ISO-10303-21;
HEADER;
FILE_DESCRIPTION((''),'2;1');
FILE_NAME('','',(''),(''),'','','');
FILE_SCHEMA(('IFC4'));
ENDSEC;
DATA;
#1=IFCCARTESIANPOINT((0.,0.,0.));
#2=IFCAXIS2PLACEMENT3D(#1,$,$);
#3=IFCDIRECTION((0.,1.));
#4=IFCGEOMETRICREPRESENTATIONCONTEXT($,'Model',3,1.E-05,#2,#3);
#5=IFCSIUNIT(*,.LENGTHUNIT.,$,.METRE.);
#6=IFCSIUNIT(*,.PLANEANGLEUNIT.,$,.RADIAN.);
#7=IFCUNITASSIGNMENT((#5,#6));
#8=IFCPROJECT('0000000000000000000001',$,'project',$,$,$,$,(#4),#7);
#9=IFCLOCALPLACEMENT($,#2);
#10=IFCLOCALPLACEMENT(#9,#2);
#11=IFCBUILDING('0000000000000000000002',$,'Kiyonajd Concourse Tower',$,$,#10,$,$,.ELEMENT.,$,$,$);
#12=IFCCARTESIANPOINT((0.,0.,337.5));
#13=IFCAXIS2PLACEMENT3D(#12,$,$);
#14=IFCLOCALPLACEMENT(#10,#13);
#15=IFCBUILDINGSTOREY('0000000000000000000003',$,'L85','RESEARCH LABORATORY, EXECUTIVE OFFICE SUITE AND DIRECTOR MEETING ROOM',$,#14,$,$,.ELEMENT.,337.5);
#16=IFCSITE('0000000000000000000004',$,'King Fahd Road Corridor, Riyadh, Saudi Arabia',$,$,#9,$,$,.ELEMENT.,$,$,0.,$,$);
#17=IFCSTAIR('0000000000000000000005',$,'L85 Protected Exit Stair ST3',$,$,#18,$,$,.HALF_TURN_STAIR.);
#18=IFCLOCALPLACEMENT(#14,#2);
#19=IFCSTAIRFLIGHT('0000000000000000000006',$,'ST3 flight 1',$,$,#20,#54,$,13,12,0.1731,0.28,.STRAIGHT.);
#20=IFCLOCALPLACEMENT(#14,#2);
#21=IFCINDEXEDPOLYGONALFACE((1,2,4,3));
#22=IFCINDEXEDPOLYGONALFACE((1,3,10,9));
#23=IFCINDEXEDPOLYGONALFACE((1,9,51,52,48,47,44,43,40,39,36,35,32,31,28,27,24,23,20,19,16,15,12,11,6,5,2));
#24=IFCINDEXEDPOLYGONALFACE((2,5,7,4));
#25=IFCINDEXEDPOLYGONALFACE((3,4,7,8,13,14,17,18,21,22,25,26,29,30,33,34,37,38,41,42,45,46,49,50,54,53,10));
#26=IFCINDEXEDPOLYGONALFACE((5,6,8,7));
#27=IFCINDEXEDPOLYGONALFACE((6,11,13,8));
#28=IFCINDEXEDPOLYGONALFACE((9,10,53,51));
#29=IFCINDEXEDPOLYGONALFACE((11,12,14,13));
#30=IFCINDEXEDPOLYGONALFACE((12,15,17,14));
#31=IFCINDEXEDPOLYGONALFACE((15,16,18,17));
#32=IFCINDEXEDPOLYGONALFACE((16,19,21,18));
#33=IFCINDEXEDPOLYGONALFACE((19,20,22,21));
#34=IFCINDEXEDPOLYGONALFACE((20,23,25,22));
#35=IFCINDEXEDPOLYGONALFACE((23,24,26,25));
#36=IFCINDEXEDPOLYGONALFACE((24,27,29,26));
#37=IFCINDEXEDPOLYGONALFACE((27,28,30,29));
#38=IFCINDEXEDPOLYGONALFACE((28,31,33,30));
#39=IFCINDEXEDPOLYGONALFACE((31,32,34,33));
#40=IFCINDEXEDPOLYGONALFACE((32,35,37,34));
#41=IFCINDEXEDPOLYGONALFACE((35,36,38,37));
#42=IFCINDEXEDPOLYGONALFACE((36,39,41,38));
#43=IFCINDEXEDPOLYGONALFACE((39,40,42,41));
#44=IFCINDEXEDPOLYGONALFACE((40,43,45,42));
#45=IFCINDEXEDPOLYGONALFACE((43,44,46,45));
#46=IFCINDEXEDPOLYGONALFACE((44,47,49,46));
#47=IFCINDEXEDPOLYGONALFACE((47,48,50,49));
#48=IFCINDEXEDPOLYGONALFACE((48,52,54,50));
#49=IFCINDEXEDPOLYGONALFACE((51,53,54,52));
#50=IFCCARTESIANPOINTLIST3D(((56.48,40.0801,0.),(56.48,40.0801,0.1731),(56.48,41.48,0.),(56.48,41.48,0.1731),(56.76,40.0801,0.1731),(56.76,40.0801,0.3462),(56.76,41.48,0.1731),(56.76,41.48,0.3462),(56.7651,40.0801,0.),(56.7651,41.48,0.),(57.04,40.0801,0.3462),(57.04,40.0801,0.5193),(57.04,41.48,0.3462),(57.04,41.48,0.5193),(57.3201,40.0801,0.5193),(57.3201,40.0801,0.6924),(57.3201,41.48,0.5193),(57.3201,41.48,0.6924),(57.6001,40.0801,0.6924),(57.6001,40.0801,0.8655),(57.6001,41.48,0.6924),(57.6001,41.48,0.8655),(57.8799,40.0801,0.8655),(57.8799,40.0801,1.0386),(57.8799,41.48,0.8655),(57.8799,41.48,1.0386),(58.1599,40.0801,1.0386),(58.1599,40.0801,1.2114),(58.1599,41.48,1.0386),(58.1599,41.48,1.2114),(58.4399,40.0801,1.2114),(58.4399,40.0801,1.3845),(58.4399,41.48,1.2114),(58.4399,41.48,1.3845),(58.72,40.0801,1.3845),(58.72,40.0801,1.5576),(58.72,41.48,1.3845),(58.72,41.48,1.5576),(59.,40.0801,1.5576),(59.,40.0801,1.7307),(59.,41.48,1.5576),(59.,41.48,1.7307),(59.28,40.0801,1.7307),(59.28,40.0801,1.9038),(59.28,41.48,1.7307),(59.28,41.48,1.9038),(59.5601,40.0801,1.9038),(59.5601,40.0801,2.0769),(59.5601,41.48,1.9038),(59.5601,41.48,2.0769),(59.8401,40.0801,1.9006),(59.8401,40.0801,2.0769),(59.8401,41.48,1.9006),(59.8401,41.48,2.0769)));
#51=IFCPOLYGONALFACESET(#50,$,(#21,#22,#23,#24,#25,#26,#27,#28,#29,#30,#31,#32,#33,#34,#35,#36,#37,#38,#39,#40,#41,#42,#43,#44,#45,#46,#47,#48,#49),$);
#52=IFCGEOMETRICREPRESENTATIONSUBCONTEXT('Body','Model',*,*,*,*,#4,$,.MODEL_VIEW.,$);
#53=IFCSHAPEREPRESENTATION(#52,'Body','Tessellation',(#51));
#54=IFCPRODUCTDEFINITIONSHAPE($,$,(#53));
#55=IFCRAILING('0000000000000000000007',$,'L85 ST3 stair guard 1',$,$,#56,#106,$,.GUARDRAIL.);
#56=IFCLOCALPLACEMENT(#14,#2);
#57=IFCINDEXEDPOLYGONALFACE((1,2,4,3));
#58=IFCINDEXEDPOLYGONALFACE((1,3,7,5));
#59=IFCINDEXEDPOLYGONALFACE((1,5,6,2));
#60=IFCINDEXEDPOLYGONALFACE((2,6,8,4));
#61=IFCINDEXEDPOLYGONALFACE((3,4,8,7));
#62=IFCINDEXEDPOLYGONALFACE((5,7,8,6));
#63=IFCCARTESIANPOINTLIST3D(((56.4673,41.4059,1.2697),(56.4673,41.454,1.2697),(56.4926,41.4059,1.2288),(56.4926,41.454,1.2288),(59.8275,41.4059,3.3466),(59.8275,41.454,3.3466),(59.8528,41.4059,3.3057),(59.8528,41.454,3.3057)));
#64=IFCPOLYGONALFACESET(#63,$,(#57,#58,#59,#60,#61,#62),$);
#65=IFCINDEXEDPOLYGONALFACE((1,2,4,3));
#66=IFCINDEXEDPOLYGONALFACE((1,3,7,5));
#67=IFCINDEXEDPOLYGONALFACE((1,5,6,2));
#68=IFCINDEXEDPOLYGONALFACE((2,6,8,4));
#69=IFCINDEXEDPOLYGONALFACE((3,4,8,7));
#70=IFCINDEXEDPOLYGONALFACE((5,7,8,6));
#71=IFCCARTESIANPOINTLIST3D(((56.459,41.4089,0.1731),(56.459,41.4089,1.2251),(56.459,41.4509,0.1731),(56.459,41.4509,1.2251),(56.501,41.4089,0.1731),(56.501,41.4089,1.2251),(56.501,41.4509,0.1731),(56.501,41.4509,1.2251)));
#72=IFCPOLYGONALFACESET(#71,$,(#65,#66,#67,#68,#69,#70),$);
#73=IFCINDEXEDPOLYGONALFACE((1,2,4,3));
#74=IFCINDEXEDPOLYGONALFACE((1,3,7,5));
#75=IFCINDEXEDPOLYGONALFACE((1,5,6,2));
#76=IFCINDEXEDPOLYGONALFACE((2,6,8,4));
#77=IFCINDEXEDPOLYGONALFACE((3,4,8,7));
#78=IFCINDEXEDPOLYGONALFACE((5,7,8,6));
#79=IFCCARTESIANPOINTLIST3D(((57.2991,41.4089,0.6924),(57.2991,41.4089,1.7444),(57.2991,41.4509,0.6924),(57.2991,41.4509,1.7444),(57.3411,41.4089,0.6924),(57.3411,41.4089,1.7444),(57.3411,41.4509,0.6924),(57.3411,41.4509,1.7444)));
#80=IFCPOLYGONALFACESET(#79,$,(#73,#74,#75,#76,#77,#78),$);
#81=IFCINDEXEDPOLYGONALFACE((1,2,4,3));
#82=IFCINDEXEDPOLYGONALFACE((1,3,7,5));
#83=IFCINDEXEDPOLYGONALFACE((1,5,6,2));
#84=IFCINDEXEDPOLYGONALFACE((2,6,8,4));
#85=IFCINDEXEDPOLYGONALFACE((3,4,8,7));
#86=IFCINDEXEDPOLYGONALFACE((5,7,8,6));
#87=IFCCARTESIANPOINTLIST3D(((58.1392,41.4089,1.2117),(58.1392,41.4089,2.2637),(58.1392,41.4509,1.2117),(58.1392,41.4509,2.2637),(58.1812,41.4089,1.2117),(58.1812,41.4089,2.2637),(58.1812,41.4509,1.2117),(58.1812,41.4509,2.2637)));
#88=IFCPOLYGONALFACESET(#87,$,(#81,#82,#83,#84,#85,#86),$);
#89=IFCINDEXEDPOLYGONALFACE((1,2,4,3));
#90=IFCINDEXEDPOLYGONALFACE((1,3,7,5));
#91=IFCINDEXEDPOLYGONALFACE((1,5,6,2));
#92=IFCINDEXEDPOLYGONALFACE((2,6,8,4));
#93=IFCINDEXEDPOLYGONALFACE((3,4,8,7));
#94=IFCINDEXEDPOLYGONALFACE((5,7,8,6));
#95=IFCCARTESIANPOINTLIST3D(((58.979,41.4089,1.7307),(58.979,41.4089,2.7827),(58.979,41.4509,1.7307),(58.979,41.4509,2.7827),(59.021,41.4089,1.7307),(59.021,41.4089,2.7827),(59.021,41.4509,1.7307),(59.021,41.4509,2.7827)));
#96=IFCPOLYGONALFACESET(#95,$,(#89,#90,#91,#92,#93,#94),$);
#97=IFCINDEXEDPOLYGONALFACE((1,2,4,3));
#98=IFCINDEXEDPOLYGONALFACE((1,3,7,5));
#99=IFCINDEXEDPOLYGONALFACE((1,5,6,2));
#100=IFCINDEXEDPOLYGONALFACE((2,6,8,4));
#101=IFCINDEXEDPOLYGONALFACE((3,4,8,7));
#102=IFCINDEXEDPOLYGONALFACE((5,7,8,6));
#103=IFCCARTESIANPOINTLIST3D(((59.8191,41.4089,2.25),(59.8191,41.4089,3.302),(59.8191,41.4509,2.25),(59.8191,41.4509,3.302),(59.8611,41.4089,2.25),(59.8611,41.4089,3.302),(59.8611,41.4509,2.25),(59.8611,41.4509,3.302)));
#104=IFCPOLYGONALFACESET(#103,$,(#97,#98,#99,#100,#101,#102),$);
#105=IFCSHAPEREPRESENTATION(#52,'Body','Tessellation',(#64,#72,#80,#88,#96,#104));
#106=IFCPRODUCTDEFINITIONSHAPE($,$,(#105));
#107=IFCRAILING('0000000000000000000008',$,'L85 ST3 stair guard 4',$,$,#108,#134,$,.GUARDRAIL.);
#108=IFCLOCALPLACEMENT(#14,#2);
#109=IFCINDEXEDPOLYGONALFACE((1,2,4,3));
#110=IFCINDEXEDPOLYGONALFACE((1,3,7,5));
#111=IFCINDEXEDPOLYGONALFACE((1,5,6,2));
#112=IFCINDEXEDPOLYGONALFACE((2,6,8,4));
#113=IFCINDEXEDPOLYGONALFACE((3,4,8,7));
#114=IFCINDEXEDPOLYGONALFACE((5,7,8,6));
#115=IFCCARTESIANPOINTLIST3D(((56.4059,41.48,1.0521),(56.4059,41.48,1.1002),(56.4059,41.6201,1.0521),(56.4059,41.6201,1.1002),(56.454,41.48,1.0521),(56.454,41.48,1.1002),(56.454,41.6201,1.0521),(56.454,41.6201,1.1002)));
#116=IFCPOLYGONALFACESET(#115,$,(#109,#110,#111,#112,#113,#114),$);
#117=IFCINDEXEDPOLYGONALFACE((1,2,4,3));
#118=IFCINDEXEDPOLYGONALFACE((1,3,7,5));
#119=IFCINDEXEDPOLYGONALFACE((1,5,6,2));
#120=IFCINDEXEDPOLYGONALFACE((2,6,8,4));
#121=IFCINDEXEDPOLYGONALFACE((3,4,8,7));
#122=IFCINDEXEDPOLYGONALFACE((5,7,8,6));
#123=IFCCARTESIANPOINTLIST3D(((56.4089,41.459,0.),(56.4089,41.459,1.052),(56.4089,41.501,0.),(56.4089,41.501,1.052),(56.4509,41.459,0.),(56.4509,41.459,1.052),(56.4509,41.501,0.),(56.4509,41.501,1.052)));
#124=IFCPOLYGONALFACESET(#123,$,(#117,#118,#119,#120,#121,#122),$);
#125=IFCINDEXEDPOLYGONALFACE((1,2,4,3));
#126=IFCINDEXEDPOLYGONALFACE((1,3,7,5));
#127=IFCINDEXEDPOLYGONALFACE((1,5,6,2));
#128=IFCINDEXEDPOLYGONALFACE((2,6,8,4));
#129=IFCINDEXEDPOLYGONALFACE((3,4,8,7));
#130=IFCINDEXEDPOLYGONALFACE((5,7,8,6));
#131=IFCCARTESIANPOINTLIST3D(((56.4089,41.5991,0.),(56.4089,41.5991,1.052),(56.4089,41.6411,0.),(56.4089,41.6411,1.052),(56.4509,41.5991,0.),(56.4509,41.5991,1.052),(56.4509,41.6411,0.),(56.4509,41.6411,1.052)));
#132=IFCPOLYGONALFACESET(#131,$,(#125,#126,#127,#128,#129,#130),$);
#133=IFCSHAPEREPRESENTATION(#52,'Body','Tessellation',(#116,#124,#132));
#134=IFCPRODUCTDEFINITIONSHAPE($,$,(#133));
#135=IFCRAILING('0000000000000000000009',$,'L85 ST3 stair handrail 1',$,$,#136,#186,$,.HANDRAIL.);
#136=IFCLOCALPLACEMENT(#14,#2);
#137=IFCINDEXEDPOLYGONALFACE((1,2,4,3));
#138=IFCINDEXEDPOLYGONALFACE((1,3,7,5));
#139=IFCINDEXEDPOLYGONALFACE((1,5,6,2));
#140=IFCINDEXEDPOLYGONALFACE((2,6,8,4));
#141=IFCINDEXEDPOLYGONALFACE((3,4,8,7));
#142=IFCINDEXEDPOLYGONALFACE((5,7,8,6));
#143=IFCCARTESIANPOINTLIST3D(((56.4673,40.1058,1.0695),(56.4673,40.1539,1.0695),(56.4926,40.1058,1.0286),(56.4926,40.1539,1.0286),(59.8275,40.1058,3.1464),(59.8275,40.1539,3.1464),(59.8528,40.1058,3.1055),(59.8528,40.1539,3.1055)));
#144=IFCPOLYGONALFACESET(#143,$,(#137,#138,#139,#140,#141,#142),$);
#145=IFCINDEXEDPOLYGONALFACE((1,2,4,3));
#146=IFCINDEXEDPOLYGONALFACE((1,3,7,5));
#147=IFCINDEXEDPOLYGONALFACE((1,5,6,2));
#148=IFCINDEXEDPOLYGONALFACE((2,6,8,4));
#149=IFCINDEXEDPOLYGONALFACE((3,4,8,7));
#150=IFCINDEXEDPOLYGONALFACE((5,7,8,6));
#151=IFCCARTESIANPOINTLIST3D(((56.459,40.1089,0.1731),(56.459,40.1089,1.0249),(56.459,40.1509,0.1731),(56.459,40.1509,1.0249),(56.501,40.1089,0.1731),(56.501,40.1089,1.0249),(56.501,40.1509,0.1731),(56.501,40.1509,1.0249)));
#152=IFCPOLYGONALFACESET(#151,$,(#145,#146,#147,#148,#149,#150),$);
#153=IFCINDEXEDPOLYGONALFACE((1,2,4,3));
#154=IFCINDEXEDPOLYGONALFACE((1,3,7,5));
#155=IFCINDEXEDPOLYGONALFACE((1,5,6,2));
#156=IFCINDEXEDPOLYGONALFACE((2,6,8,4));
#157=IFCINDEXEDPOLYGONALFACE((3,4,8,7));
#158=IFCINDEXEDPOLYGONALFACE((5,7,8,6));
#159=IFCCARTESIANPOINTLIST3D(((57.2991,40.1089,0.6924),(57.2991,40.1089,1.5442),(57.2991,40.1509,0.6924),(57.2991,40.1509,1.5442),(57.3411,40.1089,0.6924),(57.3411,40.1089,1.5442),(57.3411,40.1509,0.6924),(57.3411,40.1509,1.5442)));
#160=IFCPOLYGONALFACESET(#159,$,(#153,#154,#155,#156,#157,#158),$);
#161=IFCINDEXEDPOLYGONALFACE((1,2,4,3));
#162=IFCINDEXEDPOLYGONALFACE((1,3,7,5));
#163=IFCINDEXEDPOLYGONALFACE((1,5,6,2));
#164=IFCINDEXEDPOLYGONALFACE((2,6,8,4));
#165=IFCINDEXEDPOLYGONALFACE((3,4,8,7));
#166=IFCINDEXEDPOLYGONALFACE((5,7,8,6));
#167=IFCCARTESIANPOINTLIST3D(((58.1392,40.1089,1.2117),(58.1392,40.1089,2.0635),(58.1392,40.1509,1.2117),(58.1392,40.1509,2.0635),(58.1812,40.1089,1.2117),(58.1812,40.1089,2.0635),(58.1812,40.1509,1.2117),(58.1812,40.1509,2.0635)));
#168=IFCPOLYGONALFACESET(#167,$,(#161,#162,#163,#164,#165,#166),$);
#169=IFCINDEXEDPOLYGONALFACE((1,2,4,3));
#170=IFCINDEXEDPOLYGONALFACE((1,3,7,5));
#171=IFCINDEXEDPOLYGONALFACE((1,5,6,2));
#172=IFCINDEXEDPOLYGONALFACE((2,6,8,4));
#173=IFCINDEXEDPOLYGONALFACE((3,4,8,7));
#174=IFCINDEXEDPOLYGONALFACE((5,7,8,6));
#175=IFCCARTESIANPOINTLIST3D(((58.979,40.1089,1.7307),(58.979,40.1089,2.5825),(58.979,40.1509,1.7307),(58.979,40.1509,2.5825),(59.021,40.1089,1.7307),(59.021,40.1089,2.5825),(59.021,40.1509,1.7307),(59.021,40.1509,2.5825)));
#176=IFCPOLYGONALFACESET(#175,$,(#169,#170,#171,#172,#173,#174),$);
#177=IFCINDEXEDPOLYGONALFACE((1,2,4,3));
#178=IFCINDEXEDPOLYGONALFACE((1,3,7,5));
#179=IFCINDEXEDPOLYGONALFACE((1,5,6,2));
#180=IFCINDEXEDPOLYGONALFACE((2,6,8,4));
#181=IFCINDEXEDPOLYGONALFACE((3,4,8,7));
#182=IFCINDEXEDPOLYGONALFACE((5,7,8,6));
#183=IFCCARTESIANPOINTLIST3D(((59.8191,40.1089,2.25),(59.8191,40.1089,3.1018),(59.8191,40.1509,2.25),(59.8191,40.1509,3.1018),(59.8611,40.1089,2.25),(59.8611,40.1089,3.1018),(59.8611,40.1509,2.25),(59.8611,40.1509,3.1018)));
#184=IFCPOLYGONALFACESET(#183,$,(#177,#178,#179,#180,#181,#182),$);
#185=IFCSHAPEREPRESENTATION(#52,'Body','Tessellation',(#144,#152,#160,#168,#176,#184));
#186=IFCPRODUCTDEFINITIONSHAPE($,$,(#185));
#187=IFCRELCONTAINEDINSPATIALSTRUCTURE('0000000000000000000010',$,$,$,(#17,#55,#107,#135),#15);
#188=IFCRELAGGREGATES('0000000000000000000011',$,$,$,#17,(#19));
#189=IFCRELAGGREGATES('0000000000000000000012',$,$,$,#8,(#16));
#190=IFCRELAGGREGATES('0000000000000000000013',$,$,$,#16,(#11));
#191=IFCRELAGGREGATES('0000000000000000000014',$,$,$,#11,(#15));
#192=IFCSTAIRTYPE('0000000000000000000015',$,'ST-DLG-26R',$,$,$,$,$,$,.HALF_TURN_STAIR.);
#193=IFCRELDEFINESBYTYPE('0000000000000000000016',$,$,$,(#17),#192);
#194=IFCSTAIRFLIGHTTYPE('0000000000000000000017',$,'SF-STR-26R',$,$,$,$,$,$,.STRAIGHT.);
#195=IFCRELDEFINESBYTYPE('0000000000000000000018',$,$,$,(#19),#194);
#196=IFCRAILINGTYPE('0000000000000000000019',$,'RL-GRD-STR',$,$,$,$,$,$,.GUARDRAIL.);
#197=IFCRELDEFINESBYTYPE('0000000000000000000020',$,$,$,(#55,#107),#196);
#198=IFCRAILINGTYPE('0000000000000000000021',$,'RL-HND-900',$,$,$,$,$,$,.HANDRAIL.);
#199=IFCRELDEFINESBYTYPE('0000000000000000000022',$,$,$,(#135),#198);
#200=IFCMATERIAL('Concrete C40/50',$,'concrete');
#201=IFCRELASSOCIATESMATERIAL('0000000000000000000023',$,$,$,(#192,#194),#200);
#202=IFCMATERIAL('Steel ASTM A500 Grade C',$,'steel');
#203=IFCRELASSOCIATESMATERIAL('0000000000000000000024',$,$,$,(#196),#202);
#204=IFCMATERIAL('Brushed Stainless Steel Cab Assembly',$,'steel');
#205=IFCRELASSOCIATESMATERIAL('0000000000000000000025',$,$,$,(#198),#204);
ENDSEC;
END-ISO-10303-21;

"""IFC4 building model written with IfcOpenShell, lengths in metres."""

from ifc_helpers import new_model, si_unit, direction, frame, origin, origin_2d, place, context, subcontext, project, spatial, polyline, rectangle, outline, extrude, material, type_object, element, aggregate, save


model = new_model("IFC4")

# Units and contexts
model_context = context("Model", 3, precision=1e-05, world=origin(), true_north=direction((0.0, 1.0)))
body_context = subcontext(model_context, "Body", "Model", "MODEL_VIEW")
ifc_project = project(units=[si_unit("LENGTHUNIT", "METRE"), si_unit("PLANEANGLEUNIT", "RADIAN")], contexts=[model_context])

# Site, building, storey
site_placement = place(None, origin())
site = spatial("IfcSite", under=ifc_project, at=site_placement, Name="King Fahd Road Corridor, Riyadh, Saudi Arabia", CompositionType="ELEMENT", RefElevation=0.0)
building_placement = place(site_placement, origin())
building = spatial("IfcBuilding", under=site, at=building_placement, Name="Kiyonajd Concourse Tower", CompositionType="ELEMENT")
storey_placement = place(building_placement, frame((0.0, 0.0, 337.5)))
storey = spatial("IfcBuildingStorey", under=building, at=storey_placement, Name="L85", Description="RESEARCH LABORATORY, EXECUTIVE OFFICE SUITE AND DIRECTOR MEETING ROOM", CompositionType="ELEMENT", Elevation=337.5)

# Shared definitions
ifc_material_1 = material(Name="Brushed Stainless Steel Cab Assembly", Category="steel")

# Stair, stair flight
ifc_material_2 = material(Name="Concrete C40/50", Category="concrete")
stair_type = type_object("IfcStairType", Name="ST-DLG-26R", PredefinedType="HALF_TURN_STAIR", material=ifc_material_2)
stair_placement = place(storey_placement, origin())
stair = element("IfcStair", 1, at=stair_placement, inside=storey, type_object=stair_type, Name="L85 Protected Exit Stair ST3", PredefinedType="HALF_TURN_STAIR")
stair_flight_type = type_object("IfcStairFlightType", Name="SF-STR-26R", PredefinedType="STRAIGHT", material=ifc_material_2)
stair_flight_placement = place(storey_placement, frame((56.48, 40.78, 0.0), z_axis=(0.0, 0.0, 1.0), x_axis=(1.0, 0.0, 0.0)))
stair_flight = element("IfcStairFlight", 2, at=stair_flight_placement, type_object=stair_flight_type, Name="ST3 flight 1", NumberOfRisers=13, NumberOfTreads=12, PredefinedType="STRAIGHT", RiserHeight=0.1731, TreadLength=0.28, context=body_context, shape_type="SweptSolid", body=[
    extrude(outline(polyline([(0.0, 0.0), (0.0, 0.1731), (0.28, 0.1731), (0.28, 0.3462), (0.5601, 0.3462), (0.5601, 0.5193), (0.8401, 0.5193), (0.8401, 0.6924), (1.1201, 0.6924), (1.1201, 0.8655), (1.3999, 0.8655), (1.3999, 1.0386), (1.6799, 1.0386), (1.6799, 1.2114), (1.96, 1.2114), (1.96, 1.3845), (2.24, 1.3845), (2.24, 1.5576), (2.52, 1.5576), (2.52, 1.7307), (2.8, 1.7307), (2.8, 1.9038), (3.0801, 1.9038), (3.0801, 2.0769), (3.3601, 2.0769), (3.3601, 2.25), (3.3601, 1.9006), (0.2852, 0.0), (0.0, 0.0)])), frame((0.0, 0.7, 0.0), z_axis=(0.0, -1.0, 0.0), x_axis=(1.0, 0.0, 0.0)), (0.0, 0.0, 1.0), 1.3999),
])
aggregate(stair, [stair_flight])

# Railings
ifc_material_3 = material(Name="Steel ASTM A500 Grade C", Category="steel")
railing_type_1 = type_object("IfcRailingType", Name="RL-GRD-STR", PredefinedType="GUARDRAIL", material=ifc_material_3)
railing_1_placement = place(storey_placement, frame((56.48, 41.4299, 0.1731)))
element("IfcRailing", 3, at=railing_1_placement, inside=storey, type_object=railing_type_1, Name="L85 ST3 stair guard 1", PredefinedType="GUARDRAIL", context=body_context, shape_type="SweptSolid", body=[
    extrude(rectangle(XDim=0.0481, YDim=0.0481, at=origin_2d()), frame((0.0, 0.0, 1.0762), z_axis=(0.850623, 0.0, 0.525776), x_axis=(0.0, 1.0, 0.0)), (0.0, 0.0, 1.0), 3.9502),
    extrude(rectangle(XDim=0.042, YDim=0.042, at=origin_2d()), origin(), (0.0, 0.0, 1.0), 1.052),
    extrude(rectangle(XDim=0.042, YDim=0.042, at=origin_2d()), frame((0.8401, 0.0, 0.5193)), (0.0, 0.0, 1.0), 1.052),
    extrude(rectangle(XDim=0.042, YDim=0.042, at=origin_2d()), frame((1.6802, 0.0, 1.0386)), (0.0, 0.0, 1.0), 1.052),
    extrude(rectangle(XDim=0.042, YDim=0.042, at=origin_2d()), frame((2.52, 0.0, 1.5576)), (0.0, 0.0, 1.0), 1.052),
    extrude(rectangle(XDim=0.042, YDim=0.042, at=origin_2d()), frame((3.3601, 0.0, 2.0769)), (0.0, 0.0, 1.0), 1.052),
])
railing_2_placement = place(storey_placement, frame((56.4299, 41.48, 0.0)))
element("IfcRailing", 4, at=railing_2_placement, inside=storey, type_object=railing_type_1, Name="L85 ST3 stair guard 4", PredefinedType="GUARDRAIL", context=body_context, shape_type="SweptSolid", body=[
    extrude(rectangle(XDim=0.0481, YDim=0.0481, at=origin_2d()), frame((0.0, 0.0, 1.0762), z_axis=(0.0, 1.0, 0.0), x_axis=(-1.0, 0.0, 0.0)), (0.0, 0.0, 1.0), 0.1401),
    extrude(rectangle(XDim=0.042, YDim=0.042, at=origin_2d()), origin(), (0.0, 0.0, 1.0), 1.052),
    extrude(rectangle(XDim=0.042, YDim=0.042, at=origin_2d()), frame((0.0, 0.1401, 0.0)), (0.0, 0.0, 1.0), 1.052),
])
railing_type_2 = type_object("IfcRailingType", Name="RL-HND-900", PredefinedType="HANDRAIL", material=ifc_material_1)
railing_3_placement = place(storey_placement, frame((56.48, 40.1299, 0.1731)))
element("IfcRailing", 5, at=railing_3_placement, inside=storey, type_object=railing_type_2, Name="L85 ST3 stair handrail 1", PredefinedType="HANDRAIL", context=body_context, shape_type="SweptSolid", body=[
    extrude(rectangle(XDim=0.0481, YDim=0.0481, at=origin_2d()), frame((0.0, 0.0, 0.876), z_axis=(0.850623, 0.0, 0.525776), x_axis=(0.0, 1.0, 0.0)), (0.0, 0.0, 1.0), 3.9502),
    extrude(rectangle(XDim=0.042, YDim=0.042, at=origin_2d()), origin(), (0.0, 0.0, 1.0), 0.8518),
    extrude(rectangle(XDim=0.042, YDim=0.042, at=origin_2d()), frame((0.8401, 0.0, 0.5193)), (0.0, 0.0, 1.0), 0.8518),
    extrude(rectangle(XDim=0.042, YDim=0.042, at=origin_2d()), frame((1.6802, 0.0, 1.0386)), (0.0, 0.0, 1.0), 0.8518),
    extrude(rectangle(XDim=0.042, YDim=0.042, at=origin_2d()), frame((2.52, 0.0, 1.5576)), (0.0, 0.0, 1.0), 0.8518),
    extrude(rectangle(XDim=0.042, YDim=0.042, at=origin_2d()), frame((3.3601, 0.0, 2.0769)), (0.0, 0.0, 1.0), 0.8518),
])

save(model, "model.ifc")
